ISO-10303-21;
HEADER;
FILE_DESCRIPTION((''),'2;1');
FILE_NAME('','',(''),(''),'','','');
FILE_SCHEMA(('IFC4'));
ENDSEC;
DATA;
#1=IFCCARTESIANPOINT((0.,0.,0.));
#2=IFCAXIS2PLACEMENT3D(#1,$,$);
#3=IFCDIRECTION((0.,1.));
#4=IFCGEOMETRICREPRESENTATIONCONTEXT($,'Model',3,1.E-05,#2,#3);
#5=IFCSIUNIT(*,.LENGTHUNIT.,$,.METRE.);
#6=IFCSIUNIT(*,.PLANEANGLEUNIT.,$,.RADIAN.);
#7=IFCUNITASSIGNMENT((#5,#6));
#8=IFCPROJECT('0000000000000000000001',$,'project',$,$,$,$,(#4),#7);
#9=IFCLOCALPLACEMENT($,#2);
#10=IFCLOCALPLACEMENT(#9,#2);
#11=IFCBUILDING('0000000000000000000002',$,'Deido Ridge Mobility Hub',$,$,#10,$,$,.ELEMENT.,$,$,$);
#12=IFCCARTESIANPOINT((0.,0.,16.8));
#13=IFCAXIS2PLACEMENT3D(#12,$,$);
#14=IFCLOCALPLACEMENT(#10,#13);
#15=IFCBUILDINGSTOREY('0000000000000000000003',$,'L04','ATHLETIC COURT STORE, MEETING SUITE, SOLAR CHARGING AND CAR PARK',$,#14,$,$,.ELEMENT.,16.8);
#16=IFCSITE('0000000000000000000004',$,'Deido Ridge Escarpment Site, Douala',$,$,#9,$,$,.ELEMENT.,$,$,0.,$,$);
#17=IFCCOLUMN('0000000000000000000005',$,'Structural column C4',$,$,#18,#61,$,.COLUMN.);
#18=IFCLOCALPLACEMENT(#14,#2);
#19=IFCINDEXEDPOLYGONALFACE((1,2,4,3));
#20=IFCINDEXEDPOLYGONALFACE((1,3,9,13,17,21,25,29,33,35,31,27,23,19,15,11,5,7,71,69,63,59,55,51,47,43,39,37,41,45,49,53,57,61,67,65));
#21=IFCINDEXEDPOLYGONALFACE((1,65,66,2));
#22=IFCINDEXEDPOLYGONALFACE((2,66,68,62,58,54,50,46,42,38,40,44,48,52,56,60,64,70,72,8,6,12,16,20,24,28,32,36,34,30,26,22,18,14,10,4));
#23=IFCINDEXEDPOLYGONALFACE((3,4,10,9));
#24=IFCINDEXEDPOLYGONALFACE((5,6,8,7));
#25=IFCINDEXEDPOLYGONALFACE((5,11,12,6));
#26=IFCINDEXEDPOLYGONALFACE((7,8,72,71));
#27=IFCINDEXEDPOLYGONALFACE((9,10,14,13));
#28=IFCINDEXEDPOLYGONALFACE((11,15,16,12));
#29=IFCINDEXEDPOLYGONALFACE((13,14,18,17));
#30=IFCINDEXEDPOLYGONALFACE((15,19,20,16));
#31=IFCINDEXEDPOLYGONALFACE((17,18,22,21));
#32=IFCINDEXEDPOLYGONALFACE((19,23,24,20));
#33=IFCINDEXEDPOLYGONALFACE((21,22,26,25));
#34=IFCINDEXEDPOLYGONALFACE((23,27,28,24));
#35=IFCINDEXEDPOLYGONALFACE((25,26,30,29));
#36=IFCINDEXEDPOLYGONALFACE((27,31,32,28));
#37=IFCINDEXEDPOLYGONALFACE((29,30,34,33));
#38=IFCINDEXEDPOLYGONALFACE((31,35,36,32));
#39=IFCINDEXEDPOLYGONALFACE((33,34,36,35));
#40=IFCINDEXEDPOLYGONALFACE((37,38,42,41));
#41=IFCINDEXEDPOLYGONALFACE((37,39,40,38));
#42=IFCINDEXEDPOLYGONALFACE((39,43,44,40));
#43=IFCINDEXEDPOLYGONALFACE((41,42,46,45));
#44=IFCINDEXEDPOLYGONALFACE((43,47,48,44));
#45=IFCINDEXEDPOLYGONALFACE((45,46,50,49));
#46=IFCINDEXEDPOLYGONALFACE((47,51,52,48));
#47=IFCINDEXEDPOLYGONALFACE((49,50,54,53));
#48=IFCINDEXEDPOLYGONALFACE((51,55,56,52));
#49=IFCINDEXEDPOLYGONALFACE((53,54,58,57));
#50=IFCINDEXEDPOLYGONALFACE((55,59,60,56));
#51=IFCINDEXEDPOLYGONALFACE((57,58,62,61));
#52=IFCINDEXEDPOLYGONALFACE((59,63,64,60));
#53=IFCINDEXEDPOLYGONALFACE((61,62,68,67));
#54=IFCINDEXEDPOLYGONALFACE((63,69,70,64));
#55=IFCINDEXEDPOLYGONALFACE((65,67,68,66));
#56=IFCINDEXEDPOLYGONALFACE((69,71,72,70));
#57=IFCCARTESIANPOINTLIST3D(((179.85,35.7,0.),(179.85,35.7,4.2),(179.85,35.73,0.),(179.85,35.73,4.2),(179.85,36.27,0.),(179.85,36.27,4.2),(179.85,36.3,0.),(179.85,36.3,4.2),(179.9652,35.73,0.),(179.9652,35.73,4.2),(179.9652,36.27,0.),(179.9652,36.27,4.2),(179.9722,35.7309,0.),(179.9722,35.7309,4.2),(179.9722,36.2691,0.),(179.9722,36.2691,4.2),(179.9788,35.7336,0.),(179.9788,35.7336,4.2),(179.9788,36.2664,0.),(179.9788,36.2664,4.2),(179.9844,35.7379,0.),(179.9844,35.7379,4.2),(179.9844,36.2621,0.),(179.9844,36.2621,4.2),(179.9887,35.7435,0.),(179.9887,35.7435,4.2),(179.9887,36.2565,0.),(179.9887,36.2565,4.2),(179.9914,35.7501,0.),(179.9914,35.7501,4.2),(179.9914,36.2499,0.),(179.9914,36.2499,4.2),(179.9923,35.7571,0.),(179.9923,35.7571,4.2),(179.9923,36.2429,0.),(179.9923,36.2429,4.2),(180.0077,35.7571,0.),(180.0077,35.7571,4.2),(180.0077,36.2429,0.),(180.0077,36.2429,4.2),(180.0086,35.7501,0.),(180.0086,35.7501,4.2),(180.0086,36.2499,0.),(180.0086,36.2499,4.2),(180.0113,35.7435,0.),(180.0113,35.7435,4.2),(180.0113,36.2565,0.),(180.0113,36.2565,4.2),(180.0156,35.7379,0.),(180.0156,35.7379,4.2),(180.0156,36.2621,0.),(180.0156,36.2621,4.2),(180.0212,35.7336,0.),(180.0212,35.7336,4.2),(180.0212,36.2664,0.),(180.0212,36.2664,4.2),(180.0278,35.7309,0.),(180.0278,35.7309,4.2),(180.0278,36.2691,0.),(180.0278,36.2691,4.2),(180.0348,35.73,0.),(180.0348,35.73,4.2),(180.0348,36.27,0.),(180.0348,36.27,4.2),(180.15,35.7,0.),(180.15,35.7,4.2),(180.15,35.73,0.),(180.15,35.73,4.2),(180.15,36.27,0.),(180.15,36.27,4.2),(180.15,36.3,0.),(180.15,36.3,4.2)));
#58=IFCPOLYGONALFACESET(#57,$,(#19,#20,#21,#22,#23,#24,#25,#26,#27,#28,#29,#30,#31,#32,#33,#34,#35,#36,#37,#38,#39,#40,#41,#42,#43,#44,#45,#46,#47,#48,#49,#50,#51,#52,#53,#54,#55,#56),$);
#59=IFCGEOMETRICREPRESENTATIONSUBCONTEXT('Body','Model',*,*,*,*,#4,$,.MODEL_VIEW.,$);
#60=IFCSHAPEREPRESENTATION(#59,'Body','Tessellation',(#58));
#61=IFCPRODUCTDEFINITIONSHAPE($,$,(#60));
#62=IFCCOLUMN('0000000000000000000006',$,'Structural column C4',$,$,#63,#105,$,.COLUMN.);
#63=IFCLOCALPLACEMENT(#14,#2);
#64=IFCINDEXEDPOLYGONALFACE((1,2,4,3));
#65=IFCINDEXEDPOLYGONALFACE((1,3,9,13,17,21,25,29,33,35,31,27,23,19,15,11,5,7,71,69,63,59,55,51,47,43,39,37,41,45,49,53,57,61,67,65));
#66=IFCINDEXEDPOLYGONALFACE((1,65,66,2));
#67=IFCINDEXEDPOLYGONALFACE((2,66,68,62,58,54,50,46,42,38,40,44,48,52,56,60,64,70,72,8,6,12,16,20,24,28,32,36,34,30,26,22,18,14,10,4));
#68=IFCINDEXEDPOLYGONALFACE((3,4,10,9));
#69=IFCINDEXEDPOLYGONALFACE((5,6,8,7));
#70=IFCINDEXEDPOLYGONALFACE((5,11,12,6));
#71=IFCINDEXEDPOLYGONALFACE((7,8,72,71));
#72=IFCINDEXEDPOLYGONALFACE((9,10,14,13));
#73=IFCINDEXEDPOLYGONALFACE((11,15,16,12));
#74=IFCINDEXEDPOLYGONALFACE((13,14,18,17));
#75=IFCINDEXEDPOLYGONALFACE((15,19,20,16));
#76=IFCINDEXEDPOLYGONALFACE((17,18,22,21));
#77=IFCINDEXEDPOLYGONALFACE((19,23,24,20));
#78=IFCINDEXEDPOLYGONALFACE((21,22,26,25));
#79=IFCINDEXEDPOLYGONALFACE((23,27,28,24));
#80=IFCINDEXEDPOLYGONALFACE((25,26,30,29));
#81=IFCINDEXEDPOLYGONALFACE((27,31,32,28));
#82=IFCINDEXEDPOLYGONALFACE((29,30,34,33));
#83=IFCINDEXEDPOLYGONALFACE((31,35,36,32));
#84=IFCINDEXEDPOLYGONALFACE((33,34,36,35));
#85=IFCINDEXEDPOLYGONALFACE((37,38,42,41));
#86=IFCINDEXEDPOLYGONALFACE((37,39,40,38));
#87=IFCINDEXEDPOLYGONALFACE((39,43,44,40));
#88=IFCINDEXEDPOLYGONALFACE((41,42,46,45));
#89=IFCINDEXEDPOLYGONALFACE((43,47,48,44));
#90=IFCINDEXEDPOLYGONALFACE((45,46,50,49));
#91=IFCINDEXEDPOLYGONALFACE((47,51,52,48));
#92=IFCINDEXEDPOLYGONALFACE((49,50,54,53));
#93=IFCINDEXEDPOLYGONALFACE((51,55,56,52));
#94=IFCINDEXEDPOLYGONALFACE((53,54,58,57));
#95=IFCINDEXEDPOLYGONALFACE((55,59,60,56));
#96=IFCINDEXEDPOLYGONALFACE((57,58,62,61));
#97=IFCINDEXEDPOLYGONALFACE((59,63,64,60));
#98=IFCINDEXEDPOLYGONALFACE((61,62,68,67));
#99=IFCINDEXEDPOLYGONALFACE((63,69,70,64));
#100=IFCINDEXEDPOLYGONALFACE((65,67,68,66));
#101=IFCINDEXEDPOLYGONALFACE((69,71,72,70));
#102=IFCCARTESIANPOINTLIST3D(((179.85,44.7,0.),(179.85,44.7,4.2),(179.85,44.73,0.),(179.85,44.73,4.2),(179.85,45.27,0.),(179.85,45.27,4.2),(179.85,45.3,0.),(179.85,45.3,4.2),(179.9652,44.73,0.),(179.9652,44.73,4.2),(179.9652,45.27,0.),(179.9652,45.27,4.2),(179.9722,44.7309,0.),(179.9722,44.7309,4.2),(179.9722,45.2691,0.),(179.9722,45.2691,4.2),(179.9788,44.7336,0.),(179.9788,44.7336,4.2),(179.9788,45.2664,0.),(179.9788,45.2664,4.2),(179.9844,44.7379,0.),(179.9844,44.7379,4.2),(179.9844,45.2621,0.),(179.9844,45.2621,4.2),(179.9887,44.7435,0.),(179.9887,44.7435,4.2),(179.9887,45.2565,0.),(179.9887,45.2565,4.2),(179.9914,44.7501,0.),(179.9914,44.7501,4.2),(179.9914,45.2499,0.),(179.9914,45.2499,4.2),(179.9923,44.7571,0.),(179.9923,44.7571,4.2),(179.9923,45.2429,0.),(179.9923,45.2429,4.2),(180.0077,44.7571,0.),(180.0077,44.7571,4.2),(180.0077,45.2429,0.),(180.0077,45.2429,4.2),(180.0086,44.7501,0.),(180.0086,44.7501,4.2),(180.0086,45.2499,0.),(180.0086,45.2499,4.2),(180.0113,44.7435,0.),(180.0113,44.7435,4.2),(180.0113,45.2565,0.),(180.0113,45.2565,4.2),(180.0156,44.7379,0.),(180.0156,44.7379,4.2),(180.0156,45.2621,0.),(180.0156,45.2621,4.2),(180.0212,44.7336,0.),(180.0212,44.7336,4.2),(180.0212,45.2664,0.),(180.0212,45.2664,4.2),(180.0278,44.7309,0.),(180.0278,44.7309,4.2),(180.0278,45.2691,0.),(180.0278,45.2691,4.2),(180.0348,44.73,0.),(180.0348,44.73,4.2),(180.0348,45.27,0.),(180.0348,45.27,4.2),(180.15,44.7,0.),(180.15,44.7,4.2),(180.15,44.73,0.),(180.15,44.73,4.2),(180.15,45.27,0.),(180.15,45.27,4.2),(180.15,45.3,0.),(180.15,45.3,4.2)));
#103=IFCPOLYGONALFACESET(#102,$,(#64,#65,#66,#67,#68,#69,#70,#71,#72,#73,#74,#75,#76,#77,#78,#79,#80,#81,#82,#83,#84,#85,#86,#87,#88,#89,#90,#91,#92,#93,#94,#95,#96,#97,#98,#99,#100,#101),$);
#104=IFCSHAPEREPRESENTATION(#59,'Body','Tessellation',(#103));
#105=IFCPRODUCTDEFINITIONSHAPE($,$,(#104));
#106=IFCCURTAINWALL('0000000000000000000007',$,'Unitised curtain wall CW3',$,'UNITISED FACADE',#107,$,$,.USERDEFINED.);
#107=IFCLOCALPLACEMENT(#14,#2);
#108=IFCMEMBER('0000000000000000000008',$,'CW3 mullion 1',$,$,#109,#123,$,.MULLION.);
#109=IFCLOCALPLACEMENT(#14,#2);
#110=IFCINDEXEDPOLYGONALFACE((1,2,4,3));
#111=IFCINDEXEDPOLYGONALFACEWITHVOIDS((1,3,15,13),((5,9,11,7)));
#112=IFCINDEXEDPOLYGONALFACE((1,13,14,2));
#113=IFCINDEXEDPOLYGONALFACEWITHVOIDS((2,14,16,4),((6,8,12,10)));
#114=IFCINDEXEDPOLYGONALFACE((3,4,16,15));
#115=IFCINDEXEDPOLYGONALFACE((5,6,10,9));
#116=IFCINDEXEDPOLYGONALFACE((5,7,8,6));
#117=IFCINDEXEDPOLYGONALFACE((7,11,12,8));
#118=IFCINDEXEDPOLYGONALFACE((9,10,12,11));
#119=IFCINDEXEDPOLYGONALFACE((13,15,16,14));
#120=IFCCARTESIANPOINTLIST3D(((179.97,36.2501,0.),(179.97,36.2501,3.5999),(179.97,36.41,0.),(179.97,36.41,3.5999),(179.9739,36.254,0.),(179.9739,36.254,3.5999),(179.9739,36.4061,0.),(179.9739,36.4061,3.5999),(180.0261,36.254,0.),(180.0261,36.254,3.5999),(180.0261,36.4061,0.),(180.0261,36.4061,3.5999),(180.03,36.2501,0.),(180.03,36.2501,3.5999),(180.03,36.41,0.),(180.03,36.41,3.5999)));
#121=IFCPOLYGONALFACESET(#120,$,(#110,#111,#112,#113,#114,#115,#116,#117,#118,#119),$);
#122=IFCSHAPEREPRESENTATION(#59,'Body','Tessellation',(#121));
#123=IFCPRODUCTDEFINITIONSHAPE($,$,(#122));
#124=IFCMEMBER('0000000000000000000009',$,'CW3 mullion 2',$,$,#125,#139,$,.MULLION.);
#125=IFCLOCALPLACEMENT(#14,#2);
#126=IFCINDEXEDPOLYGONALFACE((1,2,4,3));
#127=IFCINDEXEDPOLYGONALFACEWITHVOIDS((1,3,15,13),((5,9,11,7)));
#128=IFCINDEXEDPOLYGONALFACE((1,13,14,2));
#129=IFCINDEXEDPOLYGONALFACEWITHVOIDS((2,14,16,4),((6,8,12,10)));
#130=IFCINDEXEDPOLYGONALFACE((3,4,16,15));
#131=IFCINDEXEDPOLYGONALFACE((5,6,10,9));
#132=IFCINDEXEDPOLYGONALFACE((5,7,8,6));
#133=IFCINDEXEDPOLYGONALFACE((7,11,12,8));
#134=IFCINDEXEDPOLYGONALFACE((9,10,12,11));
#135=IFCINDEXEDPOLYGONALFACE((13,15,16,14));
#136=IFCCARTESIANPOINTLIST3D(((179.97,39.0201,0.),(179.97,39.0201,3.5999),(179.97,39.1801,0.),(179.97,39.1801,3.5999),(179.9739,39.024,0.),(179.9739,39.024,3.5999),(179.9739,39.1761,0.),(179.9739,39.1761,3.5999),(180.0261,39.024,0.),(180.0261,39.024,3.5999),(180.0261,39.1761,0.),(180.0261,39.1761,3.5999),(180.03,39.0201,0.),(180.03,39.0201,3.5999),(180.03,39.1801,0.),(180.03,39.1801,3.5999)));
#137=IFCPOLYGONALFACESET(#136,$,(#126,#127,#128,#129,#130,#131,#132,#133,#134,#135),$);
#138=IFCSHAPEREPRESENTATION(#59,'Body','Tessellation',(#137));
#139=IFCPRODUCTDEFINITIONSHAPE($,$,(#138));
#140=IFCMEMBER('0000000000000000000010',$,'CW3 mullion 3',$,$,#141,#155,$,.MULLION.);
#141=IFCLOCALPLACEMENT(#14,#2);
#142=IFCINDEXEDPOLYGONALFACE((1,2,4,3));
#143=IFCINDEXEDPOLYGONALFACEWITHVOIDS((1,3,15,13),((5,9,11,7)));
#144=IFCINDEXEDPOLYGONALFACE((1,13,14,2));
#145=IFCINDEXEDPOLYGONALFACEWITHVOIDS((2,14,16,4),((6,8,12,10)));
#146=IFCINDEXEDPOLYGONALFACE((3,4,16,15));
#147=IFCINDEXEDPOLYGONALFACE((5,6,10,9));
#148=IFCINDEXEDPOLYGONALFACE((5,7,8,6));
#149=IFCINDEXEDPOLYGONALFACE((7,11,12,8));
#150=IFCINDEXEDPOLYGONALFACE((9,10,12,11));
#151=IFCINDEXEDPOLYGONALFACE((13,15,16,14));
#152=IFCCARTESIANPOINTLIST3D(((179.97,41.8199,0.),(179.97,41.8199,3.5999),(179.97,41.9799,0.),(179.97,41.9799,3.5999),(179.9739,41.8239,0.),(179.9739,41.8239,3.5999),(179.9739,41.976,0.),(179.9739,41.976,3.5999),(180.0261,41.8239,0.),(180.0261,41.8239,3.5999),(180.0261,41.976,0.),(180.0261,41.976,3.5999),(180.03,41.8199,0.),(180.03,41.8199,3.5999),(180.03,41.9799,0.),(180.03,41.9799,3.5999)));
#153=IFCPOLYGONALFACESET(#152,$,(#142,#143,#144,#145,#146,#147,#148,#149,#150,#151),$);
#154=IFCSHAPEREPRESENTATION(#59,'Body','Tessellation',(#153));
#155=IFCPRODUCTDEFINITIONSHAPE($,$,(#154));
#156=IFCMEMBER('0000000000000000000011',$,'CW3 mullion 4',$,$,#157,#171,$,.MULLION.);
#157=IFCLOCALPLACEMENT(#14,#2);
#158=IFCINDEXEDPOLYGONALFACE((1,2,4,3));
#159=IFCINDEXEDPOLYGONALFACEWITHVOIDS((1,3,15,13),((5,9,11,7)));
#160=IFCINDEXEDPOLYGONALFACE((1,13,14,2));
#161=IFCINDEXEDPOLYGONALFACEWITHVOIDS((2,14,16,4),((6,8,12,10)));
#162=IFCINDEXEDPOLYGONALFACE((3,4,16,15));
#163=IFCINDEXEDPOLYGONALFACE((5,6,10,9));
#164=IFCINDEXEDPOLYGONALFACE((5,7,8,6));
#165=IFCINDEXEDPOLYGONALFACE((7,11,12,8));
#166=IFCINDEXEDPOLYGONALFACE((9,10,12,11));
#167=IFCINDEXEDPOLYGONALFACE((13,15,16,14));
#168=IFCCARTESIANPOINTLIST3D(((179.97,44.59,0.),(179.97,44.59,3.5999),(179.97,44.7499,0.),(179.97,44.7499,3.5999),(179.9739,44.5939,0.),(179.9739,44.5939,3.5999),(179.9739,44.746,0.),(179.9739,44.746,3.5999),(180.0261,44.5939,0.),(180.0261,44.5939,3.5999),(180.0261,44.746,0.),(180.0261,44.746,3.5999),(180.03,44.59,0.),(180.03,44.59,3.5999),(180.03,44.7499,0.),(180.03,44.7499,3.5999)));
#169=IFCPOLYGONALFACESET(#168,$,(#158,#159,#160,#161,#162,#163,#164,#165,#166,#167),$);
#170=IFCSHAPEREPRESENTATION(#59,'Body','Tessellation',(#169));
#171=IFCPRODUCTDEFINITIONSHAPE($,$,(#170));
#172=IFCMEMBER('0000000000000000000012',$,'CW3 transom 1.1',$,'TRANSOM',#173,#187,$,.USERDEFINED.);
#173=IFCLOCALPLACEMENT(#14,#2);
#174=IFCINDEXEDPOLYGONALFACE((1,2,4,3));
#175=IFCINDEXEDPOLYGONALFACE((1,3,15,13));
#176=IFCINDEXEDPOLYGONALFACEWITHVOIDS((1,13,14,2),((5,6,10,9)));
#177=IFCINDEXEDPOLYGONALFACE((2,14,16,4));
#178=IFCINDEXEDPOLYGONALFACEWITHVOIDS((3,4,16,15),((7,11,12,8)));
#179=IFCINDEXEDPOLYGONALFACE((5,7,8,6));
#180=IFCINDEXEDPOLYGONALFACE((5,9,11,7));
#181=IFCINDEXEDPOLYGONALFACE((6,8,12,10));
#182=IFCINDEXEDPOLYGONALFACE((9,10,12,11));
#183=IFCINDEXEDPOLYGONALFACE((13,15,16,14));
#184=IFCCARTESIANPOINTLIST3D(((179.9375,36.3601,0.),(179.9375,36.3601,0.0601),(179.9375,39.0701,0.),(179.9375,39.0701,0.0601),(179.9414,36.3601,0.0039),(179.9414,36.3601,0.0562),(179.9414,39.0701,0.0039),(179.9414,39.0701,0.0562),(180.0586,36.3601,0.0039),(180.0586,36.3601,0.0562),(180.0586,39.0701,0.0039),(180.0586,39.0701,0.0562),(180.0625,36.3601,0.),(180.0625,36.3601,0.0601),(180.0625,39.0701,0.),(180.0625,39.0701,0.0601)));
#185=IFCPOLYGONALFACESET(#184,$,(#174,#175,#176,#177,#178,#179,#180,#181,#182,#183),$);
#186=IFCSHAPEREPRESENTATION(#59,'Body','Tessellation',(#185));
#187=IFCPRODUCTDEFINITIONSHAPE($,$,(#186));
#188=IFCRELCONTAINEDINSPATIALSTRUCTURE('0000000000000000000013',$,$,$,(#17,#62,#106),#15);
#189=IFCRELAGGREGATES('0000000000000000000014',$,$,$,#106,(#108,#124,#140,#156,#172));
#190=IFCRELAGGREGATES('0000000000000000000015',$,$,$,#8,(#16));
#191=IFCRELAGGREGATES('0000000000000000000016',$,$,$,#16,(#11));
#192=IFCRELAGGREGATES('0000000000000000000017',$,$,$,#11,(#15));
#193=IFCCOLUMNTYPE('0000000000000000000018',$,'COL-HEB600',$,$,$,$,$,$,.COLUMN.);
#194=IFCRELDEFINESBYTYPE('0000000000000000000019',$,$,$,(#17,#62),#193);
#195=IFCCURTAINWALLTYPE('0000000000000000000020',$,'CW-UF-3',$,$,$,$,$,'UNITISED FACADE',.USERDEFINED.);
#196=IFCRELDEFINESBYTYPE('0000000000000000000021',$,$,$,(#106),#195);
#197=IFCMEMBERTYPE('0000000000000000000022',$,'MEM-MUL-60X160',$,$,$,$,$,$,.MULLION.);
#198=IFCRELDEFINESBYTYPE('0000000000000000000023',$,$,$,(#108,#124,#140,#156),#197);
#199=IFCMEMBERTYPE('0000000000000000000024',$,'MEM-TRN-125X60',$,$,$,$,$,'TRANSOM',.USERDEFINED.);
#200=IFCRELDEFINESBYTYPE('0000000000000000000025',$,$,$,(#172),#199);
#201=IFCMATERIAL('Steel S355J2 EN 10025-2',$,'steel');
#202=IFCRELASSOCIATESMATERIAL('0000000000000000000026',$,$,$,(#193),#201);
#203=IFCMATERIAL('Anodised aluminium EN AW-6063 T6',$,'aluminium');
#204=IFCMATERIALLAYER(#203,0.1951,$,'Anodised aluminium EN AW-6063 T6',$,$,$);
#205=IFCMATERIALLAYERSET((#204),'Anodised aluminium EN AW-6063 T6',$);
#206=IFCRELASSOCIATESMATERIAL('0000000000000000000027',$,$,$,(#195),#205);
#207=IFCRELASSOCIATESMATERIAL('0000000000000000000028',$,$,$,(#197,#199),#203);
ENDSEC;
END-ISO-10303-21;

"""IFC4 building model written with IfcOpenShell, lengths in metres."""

from ifc_helpers import new_model, si_unit, direction, frame, origin, origin_2d, place, context, subcontext, project, spatial, hollow_rectangle, i_section, extrude, material, layer, layer_set, material_profile, profile_set, type_object, element, aggregate, save


model = new_model("IFC4")

# Units and contexts
model_context = context("Model", 3, precision=1e-05, world=origin(), true_north=direction((0.0, 1.0)))
body_context = subcontext(model_context, "Body", "Model", "MODEL_VIEW")
ifc_project = project(units=[si_unit("LENGTHUNIT", "METRE"), si_unit("PLANEANGLEUNIT", "RADIAN")], contexts=[model_context])

# Site, building, storey
site_placement = place(None, origin())
site = spatial("IfcSite", under=ifc_project, at=site_placement, Name="Deido Ridge Escarpment Site, Douala", CompositionType="ELEMENT", RefElevation=0.0)
building_placement = place(site_placement, origin())
building = spatial("IfcBuilding", under=site, at=building_placement, Name="Deido Ridge Mobility Hub", CompositionType="ELEMENT")
storey_placement = place(building_placement, frame((0.0, 0.0, 16.8)))
storey = spatial("IfcBuildingStorey", under=building, at=storey_placement, Name="L04", Description="ATHLETIC COURT STORE, MEETING SUITE, SOLAR CHARGING AND CAR PARK", CompositionType="ELEMENT", Elevation=16.8)

# Columns
ifc_material_1 = material(Name="Steel S355J2 EN 10025-2", Category="steel")
ifc_material_profile_1 = material_profile(ifc_material_1, i_section(OverallWidth=0.3, OverallDepth=0.6001, WebThickness=0.0154, FlangeThickness=0.03, FilletRadius=0.0271, at=origin_2d()), Name="HEB 600")
ifc_profile_set_1 = profile_set([ifc_material_profile_1], Name="Steel S355J2 EN 10025-2")
column_type = type_object("IfcColumnType", Name="COL-HEB600", PredefinedType="COLUMN", material=ifc_profile_set_1)
for number, where, z_axis, x_axis, name in (
    (1, (180.0, 36.0, 0.0), (0.0, 0.0, 1.0), (1.0, 0.0, 0.0), "Structural column C4"),
    (2, (180.0, 45.0, 0.0), (0.0, 0.0, 1.0), (1.0, 0.0, 0.0), "Structural column C4"),
):
    element("IfcColumn", number, at=place(storey_placement, frame(where, z_axis=z_axis, x_axis=x_axis)), inside=storey, type_object=column_type, Name=name, PredefinedType="COLUMN", context=body_context, shape_type="SweptSolid", body=[
        extrude(i_section(OverallWidth=0.3, OverallDepth=0.6001, WebThickness=0.0154, FlangeThickness=0.03, FilletRadius=0.0271, at=origin_2d()), origin(), (0.0, 0.0, 1.0), 4.2),
    ])

# Curtain wall, members
ifc_material_2 = material(Name="Anodised aluminium EN AW-6063 T6", Category="aluminium")
ifc_layer_1 = layer(ifc_material_2, 0.1951, Name="Anodised aluminium EN AW-6063 T6")
ifc_layer_set_1 = layer_set([ifc_layer_1], Name="Anodised aluminium EN AW-6063 T6")
curtain_wall_type = type_object("IfcCurtainWallType", Name="CW-UF-3", ElementType="UNITISED FACADE", PredefinedType="USERDEFINED", material=ifc_layer_set_1)
curtain_wall_placement = place(storey_placement, origin())
curtain_wall = element("IfcCurtainWall", 3, at=curtain_wall_placement, inside=storey, type_object=curtain_wall_type, Name="Unitised curtain wall CW3", ObjectType="UNITISED FACADE", PredefinedType="USERDEFINED")
ifc_material_profile_2 = material_profile(ifc_material_2, hollow_rectangle(XDim=0.0601, YDim=0.1599, WallThickness=0.0039, at=origin_2d()), Name="RHS 60x160x4")
ifc_profile_set_2 = profile_set([ifc_material_profile_2], Name="Anodised aluminium EN AW-6063 T6")
member_type_1 = type_object("IfcMemberType", Name="MEM-MUL-60X160", PredefinedType="MULLION", material=ifc_profile_set_2)
member_1_placement = place(storey_placement, frame((180.0, 36.3301, 0.0), z_axis=(0.0, 0.0, 1.0), x_axis=(-1.0, 0.0, 0.0)))
member_1 = element("IfcMember", 4, at=member_1_placement, type_object=member_type_1, Name="CW3 mullion 1", PredefinedType="MULLION", context=body_context, shape_type="SweptSolid", body=[
    extrude(hollow_rectangle(XDim=0.0601, YDim=0.1599, WallThickness=0.0039, at=origin_2d()), origin(), (0.0, 0.0, 1.0), 3.5999),
])
member_2_placement = place(storey_placement, frame((180.0, 39.1001, 0.0), z_axis=(0.0, 0.0, 1.0), x_axis=(-1.0, 0.0, 0.0)))
member_2 = element("IfcMember", 5, at=member_2_placement, type_object=member_type_1, Name="CW3 mullion 2", PredefinedType="MULLION", context=body_context, shape_type="SweptSolid", body=[
    extrude(hollow_rectangle(XDim=0.0601, YDim=0.1599, WallThickness=0.0039, at=origin_2d()), origin(), (0.0, 0.0, 1.0), 3.5999),
])
member_3_placement = place(storey_placement, frame((180.0, 41.8999, 0.0), z_axis=(0.0, 0.0, 1.0), x_axis=(-1.0, 0.0, 0.0)))
member_3 = element("IfcMember", 6, at=member_3_placement, type_object=member_type_1, Name="CW3 mullion 3", PredefinedType="MULLION", context=body_context, shape_type="SweptSolid", body=[
    extrude(hollow_rectangle(XDim=0.0601, YDim=0.1599, WallThickness=0.0039, at=origin_2d()), origin(), (0.0, 0.0, 1.0), 3.5999),
])
member_4_placement = place(storey_placement, frame((180.0, 44.6699, 0.0), z_axis=(0.0, 0.0, 1.0), x_axis=(-1.0, 0.0, 0.0)))
member_4 = element("IfcMember", 7, at=member_4_placement, type_object=member_type_1, Name="CW3 mullion 4", PredefinedType="MULLION", context=body_context, shape_type="SweptSolid", body=[
    extrude(hollow_rectangle(XDim=0.0601, YDim=0.1599, WallThickness=0.0039, at=origin_2d()), origin(), (0.0, 0.0, 1.0), 3.5999),
])
ifc_material_profile_3 = material_profile(ifc_material_2, hollow_rectangle(XDim=0.125, YDim=0.0601, WallThickness=0.0039, at=origin_2d()), Name="RHS 125x60x4")
ifc_profile_set_3 = profile_set([ifc_material_profile_3], Name="Anodised aluminium EN AW-6063 T6")
member_type_2 = type_object("IfcMemberType", Name="MEM-TRN-125X60", ElementType="TRANSOM", PredefinedType="USERDEFINED", material=ifc_profile_set_3)
member_5_placement = place(storey_placement, frame((180.0, 36.3601, 0.03), z_axis=(0.0, 1.0, 0.0), x_axis=(-1.0, 0.0, 0.0)))
member_5 = element("IfcMember", 8, at=member_5_placement, type_object=member_type_2, Name="CW3 transom 1.1", ObjectType="TRANSOM", PredefinedType="USERDEFINED", context=body_context, shape_type="SweptSolid", body=[
    extrude(hollow_rectangle(XDim=0.125, YDim=0.0601, WallThickness=0.0039, at=origin_2d()), origin(), (0.0, 0.0, 1.0), 2.71),
])

aggregate(curtain_wall, [member_1, member_2, member_3, member_4, member_5])

save(model, "model.ifc")
